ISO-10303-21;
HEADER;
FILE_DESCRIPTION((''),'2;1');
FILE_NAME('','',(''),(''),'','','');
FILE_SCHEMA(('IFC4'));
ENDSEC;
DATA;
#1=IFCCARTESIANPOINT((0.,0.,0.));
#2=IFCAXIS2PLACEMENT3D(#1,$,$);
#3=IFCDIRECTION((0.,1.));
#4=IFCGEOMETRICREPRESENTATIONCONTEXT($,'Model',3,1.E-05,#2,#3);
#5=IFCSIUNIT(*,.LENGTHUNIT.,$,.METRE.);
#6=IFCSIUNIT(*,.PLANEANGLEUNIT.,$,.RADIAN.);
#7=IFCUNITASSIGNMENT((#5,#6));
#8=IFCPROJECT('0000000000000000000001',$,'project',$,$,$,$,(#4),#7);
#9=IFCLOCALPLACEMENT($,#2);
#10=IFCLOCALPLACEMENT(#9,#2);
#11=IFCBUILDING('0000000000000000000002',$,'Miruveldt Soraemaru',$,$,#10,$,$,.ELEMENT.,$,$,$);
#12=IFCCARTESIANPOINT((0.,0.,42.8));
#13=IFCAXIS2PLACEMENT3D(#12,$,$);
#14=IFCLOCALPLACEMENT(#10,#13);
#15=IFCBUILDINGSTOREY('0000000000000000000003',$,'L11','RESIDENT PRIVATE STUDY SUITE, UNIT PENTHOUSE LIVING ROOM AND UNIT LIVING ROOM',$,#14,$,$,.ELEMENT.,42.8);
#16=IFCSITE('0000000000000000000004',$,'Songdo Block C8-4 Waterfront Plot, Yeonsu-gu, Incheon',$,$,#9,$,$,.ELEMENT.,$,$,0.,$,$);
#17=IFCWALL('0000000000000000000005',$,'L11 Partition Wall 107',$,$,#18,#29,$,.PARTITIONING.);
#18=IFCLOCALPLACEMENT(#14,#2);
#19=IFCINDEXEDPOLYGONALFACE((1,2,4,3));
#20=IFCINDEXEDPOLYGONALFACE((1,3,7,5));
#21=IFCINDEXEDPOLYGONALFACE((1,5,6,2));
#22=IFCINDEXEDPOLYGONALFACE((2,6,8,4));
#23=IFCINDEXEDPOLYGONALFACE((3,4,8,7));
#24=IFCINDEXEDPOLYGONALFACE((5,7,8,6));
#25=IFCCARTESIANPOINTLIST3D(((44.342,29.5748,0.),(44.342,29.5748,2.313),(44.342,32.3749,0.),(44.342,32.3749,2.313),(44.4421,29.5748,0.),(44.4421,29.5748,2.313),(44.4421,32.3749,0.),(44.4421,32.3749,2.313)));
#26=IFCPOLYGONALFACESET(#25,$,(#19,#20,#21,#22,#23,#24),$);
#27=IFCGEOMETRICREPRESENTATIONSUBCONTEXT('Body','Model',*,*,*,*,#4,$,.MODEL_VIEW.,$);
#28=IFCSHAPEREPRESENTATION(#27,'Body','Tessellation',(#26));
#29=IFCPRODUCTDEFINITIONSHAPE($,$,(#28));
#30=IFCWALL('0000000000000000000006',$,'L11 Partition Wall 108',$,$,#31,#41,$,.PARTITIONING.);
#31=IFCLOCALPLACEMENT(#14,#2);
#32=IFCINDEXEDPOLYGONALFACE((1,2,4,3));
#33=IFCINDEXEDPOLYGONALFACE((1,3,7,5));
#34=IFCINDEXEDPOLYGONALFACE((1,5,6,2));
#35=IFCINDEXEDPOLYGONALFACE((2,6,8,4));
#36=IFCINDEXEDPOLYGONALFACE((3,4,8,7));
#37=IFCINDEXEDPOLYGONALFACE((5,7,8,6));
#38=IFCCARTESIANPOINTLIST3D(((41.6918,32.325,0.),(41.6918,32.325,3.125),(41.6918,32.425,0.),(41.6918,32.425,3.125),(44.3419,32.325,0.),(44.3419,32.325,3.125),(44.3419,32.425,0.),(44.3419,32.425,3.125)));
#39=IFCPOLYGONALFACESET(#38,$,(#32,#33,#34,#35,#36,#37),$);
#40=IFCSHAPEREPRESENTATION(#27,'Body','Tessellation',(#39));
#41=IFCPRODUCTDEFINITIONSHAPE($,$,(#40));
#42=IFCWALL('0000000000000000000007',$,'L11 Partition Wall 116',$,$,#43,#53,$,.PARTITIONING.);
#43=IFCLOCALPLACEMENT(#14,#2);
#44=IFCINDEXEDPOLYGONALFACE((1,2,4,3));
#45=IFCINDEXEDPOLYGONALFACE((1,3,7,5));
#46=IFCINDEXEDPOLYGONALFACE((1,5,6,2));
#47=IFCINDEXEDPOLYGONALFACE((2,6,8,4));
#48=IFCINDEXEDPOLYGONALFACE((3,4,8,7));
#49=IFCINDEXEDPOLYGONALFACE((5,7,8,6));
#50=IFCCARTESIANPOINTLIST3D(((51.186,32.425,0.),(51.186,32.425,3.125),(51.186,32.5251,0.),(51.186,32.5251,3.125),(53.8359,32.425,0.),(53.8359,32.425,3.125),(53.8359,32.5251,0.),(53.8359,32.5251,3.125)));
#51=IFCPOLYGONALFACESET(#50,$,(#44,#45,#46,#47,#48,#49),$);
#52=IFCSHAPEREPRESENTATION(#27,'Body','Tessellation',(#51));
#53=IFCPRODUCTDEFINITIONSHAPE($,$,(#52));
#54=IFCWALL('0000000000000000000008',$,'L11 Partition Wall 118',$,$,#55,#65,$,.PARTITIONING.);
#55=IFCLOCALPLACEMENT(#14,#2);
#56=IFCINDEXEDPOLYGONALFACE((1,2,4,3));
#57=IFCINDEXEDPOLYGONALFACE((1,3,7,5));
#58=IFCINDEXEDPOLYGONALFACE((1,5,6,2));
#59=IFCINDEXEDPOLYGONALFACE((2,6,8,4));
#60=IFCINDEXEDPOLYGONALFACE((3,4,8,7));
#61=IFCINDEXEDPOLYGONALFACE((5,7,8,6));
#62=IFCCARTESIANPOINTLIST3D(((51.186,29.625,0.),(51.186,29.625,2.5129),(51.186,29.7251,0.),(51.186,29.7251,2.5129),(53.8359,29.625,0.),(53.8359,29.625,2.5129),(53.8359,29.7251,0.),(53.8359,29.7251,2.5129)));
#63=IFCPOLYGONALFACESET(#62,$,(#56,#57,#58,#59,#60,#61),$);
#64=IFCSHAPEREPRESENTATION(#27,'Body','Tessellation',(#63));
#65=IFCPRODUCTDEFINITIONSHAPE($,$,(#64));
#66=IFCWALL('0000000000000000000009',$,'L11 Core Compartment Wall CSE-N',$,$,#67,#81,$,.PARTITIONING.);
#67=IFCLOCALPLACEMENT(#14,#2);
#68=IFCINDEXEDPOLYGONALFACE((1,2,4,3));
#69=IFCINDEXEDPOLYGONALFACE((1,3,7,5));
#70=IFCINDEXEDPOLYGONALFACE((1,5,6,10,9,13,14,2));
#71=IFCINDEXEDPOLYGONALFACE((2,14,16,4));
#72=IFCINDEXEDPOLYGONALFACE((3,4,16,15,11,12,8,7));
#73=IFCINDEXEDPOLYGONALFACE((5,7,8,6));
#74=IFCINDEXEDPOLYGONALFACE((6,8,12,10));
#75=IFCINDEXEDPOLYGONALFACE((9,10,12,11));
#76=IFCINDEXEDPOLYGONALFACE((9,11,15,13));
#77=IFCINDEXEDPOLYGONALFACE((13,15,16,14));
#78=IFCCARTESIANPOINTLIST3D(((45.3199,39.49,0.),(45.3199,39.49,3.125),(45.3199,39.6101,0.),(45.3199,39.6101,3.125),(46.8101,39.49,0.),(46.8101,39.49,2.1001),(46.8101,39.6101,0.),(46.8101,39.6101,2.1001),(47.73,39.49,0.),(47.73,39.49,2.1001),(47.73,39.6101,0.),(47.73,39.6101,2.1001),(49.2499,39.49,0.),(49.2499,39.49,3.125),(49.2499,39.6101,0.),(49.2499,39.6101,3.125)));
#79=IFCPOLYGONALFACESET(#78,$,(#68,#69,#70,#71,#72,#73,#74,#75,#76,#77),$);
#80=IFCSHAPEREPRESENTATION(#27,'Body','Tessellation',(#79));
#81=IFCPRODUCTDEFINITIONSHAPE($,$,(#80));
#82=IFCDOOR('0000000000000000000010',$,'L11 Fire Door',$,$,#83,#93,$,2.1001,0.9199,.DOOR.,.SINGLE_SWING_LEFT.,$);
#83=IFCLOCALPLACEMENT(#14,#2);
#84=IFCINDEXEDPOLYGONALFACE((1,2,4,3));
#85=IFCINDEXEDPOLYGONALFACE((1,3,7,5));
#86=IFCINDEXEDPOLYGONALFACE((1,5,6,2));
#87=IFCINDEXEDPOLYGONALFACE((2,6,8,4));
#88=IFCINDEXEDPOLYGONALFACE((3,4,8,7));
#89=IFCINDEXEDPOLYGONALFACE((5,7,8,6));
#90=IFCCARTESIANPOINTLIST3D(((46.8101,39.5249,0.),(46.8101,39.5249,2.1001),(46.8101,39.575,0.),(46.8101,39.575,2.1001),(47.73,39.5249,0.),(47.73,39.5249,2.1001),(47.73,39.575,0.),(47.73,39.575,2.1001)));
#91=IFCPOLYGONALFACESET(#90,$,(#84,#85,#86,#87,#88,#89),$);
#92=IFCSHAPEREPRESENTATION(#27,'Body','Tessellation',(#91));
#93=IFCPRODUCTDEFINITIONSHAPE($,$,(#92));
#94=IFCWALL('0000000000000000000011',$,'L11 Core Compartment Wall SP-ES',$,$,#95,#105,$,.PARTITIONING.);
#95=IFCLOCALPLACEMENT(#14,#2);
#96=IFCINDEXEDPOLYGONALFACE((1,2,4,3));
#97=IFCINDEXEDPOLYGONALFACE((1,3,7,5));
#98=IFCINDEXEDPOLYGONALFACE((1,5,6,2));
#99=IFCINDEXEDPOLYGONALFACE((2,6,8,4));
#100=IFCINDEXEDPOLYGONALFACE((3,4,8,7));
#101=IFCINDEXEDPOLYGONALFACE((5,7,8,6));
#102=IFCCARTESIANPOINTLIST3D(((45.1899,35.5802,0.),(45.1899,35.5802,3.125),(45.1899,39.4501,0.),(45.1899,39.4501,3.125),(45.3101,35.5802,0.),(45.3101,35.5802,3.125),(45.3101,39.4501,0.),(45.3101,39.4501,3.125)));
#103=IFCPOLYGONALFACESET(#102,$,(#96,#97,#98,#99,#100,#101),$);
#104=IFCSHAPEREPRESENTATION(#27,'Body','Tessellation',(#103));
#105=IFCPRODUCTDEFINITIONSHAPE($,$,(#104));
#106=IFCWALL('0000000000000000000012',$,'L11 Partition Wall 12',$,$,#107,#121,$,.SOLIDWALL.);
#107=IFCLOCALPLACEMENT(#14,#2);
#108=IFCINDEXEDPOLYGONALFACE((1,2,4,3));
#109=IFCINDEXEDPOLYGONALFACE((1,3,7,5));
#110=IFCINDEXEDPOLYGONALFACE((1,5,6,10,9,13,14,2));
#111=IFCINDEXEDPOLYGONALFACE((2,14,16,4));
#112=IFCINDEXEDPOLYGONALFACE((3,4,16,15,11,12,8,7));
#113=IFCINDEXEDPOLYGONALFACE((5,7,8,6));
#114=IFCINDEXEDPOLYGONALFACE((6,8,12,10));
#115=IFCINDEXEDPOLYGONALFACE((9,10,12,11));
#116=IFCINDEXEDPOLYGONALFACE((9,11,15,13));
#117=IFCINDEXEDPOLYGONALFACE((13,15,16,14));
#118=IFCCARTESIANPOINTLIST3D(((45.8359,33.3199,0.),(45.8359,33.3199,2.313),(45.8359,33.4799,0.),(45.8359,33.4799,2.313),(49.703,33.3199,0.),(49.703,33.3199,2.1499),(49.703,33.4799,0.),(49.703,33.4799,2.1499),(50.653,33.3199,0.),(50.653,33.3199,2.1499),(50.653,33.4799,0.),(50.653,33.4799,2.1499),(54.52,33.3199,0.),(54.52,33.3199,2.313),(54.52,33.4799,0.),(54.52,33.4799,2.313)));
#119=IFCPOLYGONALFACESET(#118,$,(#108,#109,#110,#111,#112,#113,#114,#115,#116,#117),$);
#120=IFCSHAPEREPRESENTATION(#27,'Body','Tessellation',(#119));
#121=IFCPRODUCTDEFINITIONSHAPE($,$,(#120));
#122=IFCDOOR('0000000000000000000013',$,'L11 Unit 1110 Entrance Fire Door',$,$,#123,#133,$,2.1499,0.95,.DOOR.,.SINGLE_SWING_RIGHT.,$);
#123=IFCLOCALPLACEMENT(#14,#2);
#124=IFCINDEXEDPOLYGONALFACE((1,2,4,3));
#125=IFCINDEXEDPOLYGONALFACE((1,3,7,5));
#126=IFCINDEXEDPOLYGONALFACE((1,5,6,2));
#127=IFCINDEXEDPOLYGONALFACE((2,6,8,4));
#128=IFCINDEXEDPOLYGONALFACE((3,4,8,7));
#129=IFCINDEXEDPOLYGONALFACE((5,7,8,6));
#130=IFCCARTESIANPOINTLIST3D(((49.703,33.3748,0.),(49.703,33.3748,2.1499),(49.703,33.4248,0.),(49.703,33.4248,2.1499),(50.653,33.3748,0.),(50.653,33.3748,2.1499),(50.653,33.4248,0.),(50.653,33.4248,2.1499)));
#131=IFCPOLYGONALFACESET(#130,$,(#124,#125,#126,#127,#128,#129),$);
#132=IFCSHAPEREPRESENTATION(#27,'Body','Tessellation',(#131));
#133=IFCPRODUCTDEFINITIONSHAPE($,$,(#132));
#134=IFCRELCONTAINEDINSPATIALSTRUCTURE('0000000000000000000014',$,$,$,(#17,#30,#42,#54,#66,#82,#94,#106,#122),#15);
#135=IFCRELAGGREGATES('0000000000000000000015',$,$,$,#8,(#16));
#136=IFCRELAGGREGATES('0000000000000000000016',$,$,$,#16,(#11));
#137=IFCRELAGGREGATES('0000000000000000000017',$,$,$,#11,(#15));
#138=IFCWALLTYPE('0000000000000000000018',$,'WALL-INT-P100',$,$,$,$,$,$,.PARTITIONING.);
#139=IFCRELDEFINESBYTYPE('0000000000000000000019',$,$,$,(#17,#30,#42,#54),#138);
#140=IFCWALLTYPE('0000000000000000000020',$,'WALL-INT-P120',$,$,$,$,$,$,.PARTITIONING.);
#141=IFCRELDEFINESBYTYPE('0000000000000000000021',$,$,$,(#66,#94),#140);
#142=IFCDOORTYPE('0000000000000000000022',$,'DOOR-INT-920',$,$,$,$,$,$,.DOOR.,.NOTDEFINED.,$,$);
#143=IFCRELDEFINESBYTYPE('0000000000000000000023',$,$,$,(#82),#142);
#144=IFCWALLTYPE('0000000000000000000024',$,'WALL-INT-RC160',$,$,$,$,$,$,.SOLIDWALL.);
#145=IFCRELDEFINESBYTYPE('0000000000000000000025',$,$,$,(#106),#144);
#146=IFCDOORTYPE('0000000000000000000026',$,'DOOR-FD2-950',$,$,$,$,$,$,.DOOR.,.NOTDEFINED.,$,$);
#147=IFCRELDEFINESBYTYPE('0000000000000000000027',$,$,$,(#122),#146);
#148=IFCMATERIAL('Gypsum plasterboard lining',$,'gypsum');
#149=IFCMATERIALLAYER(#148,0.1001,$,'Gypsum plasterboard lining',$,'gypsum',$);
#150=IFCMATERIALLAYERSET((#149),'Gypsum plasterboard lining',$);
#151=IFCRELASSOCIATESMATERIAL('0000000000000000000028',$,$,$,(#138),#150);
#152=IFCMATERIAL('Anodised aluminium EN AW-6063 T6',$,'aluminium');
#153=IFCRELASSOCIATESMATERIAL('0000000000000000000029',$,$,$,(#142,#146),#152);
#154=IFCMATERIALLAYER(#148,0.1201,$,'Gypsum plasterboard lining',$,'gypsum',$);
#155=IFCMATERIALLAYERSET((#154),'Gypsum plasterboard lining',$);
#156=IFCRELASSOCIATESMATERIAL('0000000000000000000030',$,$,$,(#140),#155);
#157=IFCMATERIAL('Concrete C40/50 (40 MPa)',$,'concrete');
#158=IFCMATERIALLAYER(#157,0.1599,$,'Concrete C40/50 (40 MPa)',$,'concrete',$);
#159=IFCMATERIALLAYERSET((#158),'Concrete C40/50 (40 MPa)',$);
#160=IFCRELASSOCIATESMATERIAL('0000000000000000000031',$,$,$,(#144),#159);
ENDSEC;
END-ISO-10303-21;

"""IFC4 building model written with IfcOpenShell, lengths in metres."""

from ifc_helpers import new_model, si_unit, direction, frame, frame_2d, origin, place, context, subcontext, project, spatial, rectangle, extrude, material, layer, layer_set, type_object, element, fill, save


model = new_model("IFC4")

# Units and contexts
model_context = context("Model", 3, precision=1e-05, world=origin(), true_north=direction((0.0, 1.0)))
body_context = subcontext(model_context, "Body", "Model", "MODEL_VIEW")
ifc_project = project(units=[si_unit("LENGTHUNIT", "METRE"), si_unit("PLANEANGLEUNIT", "RADIAN")], contexts=[model_context])

# Site, building, storey
site_placement = place(None, origin())
site = spatial("IfcSite", under=ifc_project, at=site_placement, Name="Songdo Block C8-4 Waterfront Plot, Yeonsu-gu, Incheon", CompositionType="ELEMENT", RefElevation=0.0)
building_placement = place(site_placement, origin())
building = spatial("IfcBuilding", under=site, at=building_placement, Name="Miruveldt Soraemaru", CompositionType="ELEMENT")
storey_placement = place(building_placement, frame((0.0, 0.0, 42.8)))
storey = spatial("IfcBuildingStorey", under=building, at=storey_placement, Name="L11", Description="RESIDENT PRIVATE STUDY SUITE, UNIT PENTHOUSE LIVING ROOM AND UNIT LIVING ROOM", CompositionType="ELEMENT", Elevation=42.8)

# Shared definitions
ifc_material_1 = material(Name="Gypsum plasterboard lining", Category="gypsum")
ifc_layer_1 = layer(ifc_material_1, 0.1001, Name="Gypsum plasterboard lining", Category="gypsum")
ifc_layer_set_1 = layer_set([ifc_layer_1], Name="Gypsum plasterboard lining")
wall_type_1 = type_object("IfcWallType", Name="WALL-INT-P100", PredefinedType="PARTITIONING", material=ifc_layer_set_1)
ifc_material_2 = material(Name="Anodised aluminium EN AW-6063 T6", Category="aluminium")
door_type_1 = type_object("IfcDoorType", Name="DOOR-INT-920", OperationType="NOTDEFINED", PredefinedType="DOOR", material=ifc_material_2)

# Walls
wall_1_placement = place(storey_placement, frame((44.3921, 29.575, 0.0), z_axis=(0.0, 0.0, 1.0), x_axis=(0.0, 1.0, 0.0)))
element("IfcWall", 1, at=wall_1_placement, inside=storey, type_object=wall_type_1, Name="L11 Partition Wall 107", PredefinedType="PARTITIONING", context=body_context, shape_type="SweptSolid", body=[
    extrude(rectangle(XDim=2.8, YDim=0.1001, at=frame_2d((1.3999, 0.0))), origin(), (0.0, 0.0, 1.0), 2.313),
])
wall_2_placement = place(storey_placement, frame((44.342, 32.375, 0.0), z_axis=(0.0, 0.0, 1.0), x_axis=(-1.0, 0.0, 0.0)))
element("IfcWall", 2, at=wall_2_placement, inside=storey, type_object=wall_type_1, Name="L11 Partition Wall 108", PredefinedType="PARTITIONING", context=body_context, shape_type="SweptSolid", body=[
    extrude(rectangle(XDim=2.6501, YDim=0.1001, at=frame_2d((1.3252, 0.0))), origin(), (0.0, 0.0, 1.0), 3.125),
])
wall_3_placement = place(storey_placement, frame((53.8359, 32.4751, 0.0), z_axis=(0.0, 0.0, 1.0), x_axis=(-1.0, 0.0, 0.0)))
element("IfcWall", 3, at=wall_3_placement, inside=storey, type_object=wall_type_1, Name="L11 Partition Wall 116", PredefinedType="PARTITIONING", context=body_context, shape_type="SweptSolid", body=[
    extrude(rectangle(XDim=2.6499, YDim=0.1001, at=frame_2d((1.325, 0.0))), origin(), (0.0, 0.0, 1.0), 3.125),
])
wall_4_placement = place(storey_placement, frame((51.186, 29.675, 0.0), z_axis=(0.0, 0.0, 1.0), x_axis=(1.0, 0.0, 0.0)))
element("IfcWall", 4, at=wall_4_placement, inside=storey, type_object=wall_type_1, Name="L11 Partition Wall 118", PredefinedType="PARTITIONING", context=body_context, shape_type="SweptSolid", body=[
    extrude(rectangle(XDim=2.6499, YDim=0.1001, at=frame_2d((1.325, 0.0))), origin(), (0.0, 0.0, 1.0), 2.5129),
])

# Wall, opening, door
ifc_layer_2 = layer(ifc_material_1, 0.1201, Name="Gypsum plasterboard lining", Category="gypsum")
ifc_layer_set_2 = layer_set([ifc_layer_2], Name="Gypsum plasterboard lining")
wall_type_2 = type_object("IfcWallType", Name="WALL-INT-P120", PredefinedType="PARTITIONING", material=ifc_layer_set_2)
wall_5_placement = place(storey_placement, frame((45.3201, 39.55, 0.0), z_axis=(0.0, 0.0, 1.0), x_axis=(1.0, 0.0, 0.0)))
wall_5 = element("IfcWall", 5, at=wall_5_placement, inside=storey, type_object=wall_type_2, Name="L11 Core Compartment Wall CSE-N", PredefinedType="PARTITIONING", context=body_context, shape_type="SweptSolid", body=[
    extrude(rectangle(XDim=3.9299, YDim=0.1201, at=frame_2d((1.9648, 0.0))), origin(), (0.0, 0.0, 1.0), 3.125),
])
opening_1_placement = place(wall_5_placement, frame((1.49, 0.0, 0.0)))
opening_1 = element("IfcOpeningElement", 6, at=opening_1_placement, cuts=wall_5, PredefinedType="OPENING", context=body_context, shape_type="SweptSolid", body=[
    extrude(rectangle(XDim=0.9199, YDim=2.1001, at=frame_2d((0.46, 1.05))), frame((0.0, 0.0701, 0.0), z_axis=(0.0, -1.0, 0.0), x_axis=(1.0, 0.0, 0.0)), (0.0, 0.0, 1.0), 0.1401),
])
door_1_placement = place(opening_1_placement, origin())
door_1 = element("IfcDoor", 7, at=door_1_placement, inside=storey, type_object=door_type_1, Name="L11 Fire Door", OperationType="SINGLE_SWING_LEFT", OverallHeight=2.1001, OverallWidth=0.9199, PredefinedType="DOOR", context=body_context, shape_type="SweptSolid", body=[
    extrude(rectangle(XDim=0.9199, YDim=2.1001, at=frame_2d((0.46, 1.05))), frame((0.0, 0.0249, 0.0), z_axis=(0.0, -1.0, 0.0), x_axis=(1.0, 0.0, 0.0)), (0.0, 0.0, 1.0), 0.05),
])
fill(opening_1, door_1)

# Wall
wall_6_placement = place(storey_placement, frame((45.25, 35.5801, 0.0), z_axis=(0.0, 0.0, 1.0), x_axis=(0.0, 1.0, 0.0)))
element("IfcWall", 8, at=wall_6_placement, inside=storey, type_object=wall_type_2, Name="L11 Core Compartment Wall SP-ES", PredefinedType="PARTITIONING", context=body_context, shape_type="SweptSolid", body=[
    extrude(rectangle(XDim=3.8699, YDim=0.1201, at=frame_2d((1.9351, 0.0))), origin(), (0.0, 0.0, 1.0), 3.125),
])

# Wall, opening, door
ifc_material_3 = material(Name="Concrete C40/50 (40 MPa)", Category="concrete")
ifc_layer_3 = layer(ifc_material_3, 0.1599, Name="Concrete C40/50 (40 MPa)", Category="concrete")
ifc_layer_set_3 = layer_set([ifc_layer_3], Name="Concrete C40/50 (40 MPa)")
wall_type_3 = type_object("IfcWallType", Name="WALL-INT-RC160", PredefinedType="SOLIDWALL", material=ifc_layer_set_3)
wall_7_placement = place(storey_placement, frame((45.8359, 33.3999, 0.0), z_axis=(0.0, 0.0, 1.0), x_axis=(1.0, 0.0, 0.0)))
wall_7 = element("IfcWall", 9, at=wall_7_placement, inside=storey, type_object=wall_type_3, Name="L11 Partition Wall 12", PredefinedType="SOLIDWALL", context=body_context, shape_type="SweptSolid", body=[
    extrude(rectangle(XDim=8.6841, YDim=0.1599, at=frame_2d((4.342, 0.0))), origin(), (0.0, 0.0, 1.0), 2.313),
])
opening_2_placement = place(wall_7_placement, frame((3.8669, 0.0, 0.0)))
opening_2 = element("IfcOpeningElement", 10, at=opening_2_placement, cuts=wall_7, PredefinedType="OPENING", context=body_context, shape_type="SweptSolid", body=[
    extrude(rectangle(XDim=0.95, YDim=2.1499, at=frame_2d((0.4751, 1.075))), frame((0.0, 0.0898, 0.0), z_axis=(0.0, -1.0, 0.0), x_axis=(1.0, 0.0, 0.0)), (0.0, 0.0, 1.0), 0.1799),
])
door_type_2 = type_object("IfcDoorType", Name="DOOR-FD2-950", OperationType="NOTDEFINED", PredefinedType="DOOR", material=ifc_material_2)
door_2_placement = place(opening_2_placement, origin())
door_2 = element("IfcDoor", 11, at=door_2_placement, inside=storey, type_object=door_type_2, Name="L11 Unit 1110 Entrance Fire Door", OperationType="SINGLE_SWING_RIGHT", OverallHeight=2.1499, OverallWidth=0.95, PredefinedType="DOOR", context=body_context, shape_type="SweptSolid", body=[
    extrude(rectangle(XDim=0.95, YDim=2.1499, at=frame_2d((0.4751, 1.075))), frame((0.0, 0.0249, 0.0), z_axis=(0.0, -1.0, 0.0), x_axis=(1.0, 0.0, 0.0)), (0.0, 0.0, 1.0), 0.05),
])
fill(opening_2, door_2)

save(model, "model.ifc")
